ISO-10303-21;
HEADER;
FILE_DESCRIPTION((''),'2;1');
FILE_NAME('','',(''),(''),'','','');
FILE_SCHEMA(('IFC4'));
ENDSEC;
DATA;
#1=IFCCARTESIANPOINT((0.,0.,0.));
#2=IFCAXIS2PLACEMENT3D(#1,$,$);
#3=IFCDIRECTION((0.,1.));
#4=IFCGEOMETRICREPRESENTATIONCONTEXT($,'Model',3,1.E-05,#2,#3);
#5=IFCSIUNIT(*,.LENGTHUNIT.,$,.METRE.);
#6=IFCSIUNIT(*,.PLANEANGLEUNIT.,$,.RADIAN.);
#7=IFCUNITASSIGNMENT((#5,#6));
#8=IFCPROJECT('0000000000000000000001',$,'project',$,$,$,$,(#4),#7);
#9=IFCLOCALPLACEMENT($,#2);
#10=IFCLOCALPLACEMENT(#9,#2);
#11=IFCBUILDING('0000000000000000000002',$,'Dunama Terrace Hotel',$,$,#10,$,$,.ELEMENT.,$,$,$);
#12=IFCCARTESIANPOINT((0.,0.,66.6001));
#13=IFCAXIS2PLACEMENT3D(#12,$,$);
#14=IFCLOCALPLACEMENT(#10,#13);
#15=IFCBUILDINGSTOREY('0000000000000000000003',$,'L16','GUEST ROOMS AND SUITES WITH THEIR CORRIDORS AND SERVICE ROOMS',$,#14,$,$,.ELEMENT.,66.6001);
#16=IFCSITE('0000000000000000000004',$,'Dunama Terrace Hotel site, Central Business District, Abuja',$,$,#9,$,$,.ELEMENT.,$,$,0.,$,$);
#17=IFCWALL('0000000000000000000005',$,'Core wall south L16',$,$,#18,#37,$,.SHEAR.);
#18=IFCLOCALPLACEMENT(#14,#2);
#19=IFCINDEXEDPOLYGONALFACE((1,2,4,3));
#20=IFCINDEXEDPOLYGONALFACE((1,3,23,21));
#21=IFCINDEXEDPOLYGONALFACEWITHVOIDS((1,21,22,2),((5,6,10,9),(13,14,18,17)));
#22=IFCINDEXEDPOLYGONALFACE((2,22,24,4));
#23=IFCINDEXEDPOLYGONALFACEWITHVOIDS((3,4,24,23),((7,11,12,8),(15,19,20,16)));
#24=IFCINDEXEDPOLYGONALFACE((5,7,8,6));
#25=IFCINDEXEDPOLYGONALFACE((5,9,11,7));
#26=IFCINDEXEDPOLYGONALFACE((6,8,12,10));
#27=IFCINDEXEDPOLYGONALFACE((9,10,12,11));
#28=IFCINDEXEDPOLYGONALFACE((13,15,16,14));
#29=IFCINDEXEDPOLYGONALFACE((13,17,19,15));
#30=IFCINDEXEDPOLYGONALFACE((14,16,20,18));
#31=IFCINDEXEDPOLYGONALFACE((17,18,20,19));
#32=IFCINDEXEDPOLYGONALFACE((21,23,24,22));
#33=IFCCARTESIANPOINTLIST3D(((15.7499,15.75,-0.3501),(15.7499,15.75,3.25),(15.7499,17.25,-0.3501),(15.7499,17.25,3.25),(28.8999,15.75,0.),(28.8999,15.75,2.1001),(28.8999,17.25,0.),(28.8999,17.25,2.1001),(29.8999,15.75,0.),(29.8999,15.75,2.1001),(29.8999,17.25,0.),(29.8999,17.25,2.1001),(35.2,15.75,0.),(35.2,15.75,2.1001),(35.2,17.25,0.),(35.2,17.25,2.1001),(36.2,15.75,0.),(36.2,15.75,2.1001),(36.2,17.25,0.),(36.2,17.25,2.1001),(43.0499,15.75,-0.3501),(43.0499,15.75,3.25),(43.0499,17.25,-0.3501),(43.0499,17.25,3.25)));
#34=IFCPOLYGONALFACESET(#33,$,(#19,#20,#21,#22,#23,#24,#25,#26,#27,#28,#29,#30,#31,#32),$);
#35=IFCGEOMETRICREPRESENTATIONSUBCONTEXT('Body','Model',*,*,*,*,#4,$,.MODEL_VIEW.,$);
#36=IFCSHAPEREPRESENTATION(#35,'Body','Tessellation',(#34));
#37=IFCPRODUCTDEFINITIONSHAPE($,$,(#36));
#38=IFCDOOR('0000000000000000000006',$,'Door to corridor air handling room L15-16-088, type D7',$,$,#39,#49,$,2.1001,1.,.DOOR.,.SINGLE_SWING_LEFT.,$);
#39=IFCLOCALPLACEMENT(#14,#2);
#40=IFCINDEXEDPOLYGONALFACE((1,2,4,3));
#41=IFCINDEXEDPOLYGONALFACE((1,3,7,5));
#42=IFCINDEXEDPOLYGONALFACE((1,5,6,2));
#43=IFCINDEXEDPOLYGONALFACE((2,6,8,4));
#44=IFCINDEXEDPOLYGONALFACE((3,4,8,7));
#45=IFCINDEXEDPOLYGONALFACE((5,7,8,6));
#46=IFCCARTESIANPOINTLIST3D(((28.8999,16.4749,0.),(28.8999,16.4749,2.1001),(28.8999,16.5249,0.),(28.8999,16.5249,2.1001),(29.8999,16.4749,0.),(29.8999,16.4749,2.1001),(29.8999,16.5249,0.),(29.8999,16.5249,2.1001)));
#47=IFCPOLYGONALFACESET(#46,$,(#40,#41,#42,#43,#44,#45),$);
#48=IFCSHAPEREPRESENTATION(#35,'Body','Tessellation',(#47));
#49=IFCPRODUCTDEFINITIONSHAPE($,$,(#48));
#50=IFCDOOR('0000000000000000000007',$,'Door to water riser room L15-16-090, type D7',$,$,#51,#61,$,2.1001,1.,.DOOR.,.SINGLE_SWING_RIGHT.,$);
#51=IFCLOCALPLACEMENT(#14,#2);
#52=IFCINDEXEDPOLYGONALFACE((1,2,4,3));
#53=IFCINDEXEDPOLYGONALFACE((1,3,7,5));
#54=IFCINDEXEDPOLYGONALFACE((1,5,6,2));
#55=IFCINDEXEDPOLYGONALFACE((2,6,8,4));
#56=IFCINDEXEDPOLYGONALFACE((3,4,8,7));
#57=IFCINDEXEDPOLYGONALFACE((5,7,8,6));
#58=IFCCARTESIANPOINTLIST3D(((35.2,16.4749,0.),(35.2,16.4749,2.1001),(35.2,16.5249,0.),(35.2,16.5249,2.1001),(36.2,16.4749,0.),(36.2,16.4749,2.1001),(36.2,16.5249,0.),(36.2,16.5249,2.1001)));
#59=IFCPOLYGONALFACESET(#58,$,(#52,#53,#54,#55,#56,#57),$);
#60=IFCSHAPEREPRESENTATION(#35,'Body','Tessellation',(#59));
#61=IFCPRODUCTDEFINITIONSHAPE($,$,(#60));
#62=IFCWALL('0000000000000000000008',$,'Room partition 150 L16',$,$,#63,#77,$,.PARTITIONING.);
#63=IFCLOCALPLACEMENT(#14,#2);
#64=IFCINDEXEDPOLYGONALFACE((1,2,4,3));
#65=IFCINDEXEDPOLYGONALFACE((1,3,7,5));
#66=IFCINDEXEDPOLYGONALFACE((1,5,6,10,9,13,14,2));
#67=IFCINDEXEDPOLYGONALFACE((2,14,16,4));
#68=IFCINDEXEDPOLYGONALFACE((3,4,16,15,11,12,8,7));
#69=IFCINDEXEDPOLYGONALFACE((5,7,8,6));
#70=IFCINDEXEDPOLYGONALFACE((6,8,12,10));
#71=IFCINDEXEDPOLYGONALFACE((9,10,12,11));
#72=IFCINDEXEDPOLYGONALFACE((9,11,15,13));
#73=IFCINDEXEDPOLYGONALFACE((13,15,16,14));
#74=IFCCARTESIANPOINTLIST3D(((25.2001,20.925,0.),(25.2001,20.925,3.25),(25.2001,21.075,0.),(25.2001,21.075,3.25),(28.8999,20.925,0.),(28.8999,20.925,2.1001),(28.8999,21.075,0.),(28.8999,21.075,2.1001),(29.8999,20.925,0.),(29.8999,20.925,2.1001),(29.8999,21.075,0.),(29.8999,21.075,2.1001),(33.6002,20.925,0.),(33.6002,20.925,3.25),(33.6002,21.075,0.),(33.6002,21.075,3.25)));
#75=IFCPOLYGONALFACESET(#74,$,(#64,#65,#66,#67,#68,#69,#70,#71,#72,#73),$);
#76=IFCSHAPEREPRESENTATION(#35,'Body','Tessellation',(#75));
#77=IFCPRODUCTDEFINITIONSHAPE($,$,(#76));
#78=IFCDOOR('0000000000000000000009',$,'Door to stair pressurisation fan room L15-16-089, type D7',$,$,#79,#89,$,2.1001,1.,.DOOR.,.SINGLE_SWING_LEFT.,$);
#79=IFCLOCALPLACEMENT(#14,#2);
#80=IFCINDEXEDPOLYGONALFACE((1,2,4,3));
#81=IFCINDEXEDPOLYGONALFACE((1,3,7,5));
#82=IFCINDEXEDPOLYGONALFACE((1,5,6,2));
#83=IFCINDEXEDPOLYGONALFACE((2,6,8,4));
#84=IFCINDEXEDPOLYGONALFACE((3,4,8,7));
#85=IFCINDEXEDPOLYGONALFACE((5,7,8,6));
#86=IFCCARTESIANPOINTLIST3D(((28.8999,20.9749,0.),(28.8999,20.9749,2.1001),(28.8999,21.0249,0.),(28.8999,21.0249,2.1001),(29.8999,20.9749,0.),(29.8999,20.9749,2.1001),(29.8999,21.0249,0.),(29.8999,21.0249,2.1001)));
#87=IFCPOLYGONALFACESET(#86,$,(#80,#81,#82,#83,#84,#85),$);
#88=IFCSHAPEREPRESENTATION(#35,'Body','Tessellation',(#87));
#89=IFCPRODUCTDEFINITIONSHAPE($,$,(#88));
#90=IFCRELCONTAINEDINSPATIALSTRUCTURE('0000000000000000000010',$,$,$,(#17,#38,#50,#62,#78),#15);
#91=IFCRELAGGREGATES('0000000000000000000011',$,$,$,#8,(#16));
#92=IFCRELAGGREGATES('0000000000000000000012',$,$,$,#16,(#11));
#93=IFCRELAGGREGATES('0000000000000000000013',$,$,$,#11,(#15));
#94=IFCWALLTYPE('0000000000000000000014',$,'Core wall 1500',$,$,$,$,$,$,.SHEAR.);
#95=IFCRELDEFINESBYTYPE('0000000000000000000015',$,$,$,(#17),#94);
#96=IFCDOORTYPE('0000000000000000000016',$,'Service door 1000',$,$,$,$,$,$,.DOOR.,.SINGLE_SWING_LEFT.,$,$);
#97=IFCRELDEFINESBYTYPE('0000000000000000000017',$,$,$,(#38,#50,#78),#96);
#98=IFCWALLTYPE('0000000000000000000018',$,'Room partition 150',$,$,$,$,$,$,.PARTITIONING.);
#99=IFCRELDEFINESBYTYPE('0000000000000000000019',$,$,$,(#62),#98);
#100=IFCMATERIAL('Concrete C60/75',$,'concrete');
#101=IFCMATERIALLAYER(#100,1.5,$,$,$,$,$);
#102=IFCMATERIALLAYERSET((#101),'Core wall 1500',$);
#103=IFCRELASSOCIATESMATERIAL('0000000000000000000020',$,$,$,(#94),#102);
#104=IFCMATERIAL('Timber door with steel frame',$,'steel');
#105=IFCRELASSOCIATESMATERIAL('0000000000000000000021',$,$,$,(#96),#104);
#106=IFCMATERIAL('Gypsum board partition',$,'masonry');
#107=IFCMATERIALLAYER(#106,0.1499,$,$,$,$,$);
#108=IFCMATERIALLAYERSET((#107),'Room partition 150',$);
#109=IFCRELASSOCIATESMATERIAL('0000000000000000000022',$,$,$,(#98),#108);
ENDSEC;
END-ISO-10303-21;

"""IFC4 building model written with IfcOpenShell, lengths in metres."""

from ifc_helpers import new_model, si_unit, direction, frame, frame_2d, origin, place, context, subcontext, project, spatial, rectangle, extrude, material, layer, layer_set, type_object, element, fill, save


model = new_model("IFC4")

# Units and contexts
model_context = context("Model", 3, precision=1e-05, world=origin(), true_north=direction((0.0, 1.0)))
body_context = subcontext(model_context, "Body", "Model", "MODEL_VIEW")
ifc_project = project(units=[si_unit("LENGTHUNIT", "METRE"), si_unit("PLANEANGLEUNIT", "RADIAN")], contexts=[model_context])

# Site, building, storey
site_placement = place(None, origin())
site = spatial("IfcSite", under=ifc_project, at=site_placement, Name="Dunama Terrace Hotel site, Central Business District, Abuja", CompositionType="ELEMENT", RefElevation=0.0)
building_placement = place(site_placement, origin())
building = spatial("IfcBuilding", under=site, at=building_placement, Name="Dunama Terrace Hotel", CompositionType="ELEMENT")
storey_placement = place(building_placement, frame((0.0, 0.0, 66.6001)))
storey = spatial("IfcBuildingStorey", under=building, at=storey_placement, Name="L16", Description="GUEST ROOMS AND SUITES WITH THEIR CORRIDORS AND SERVICE ROOMS", CompositionType="ELEMENT", Elevation=66.6001)

# Wall, openings, doors
ifc_material_1 = material(Name="Concrete C60/75", Category="concrete")
ifc_layer_1 = layer(ifc_material_1, 1.5)
ifc_layer_set_1 = layer_set([ifc_layer_1], Name="Core wall 1500")
wall_type_1 = type_object("IfcWallType", Name="Core wall 1500", PredefinedType="SHEAR", material=ifc_layer_set_1)
wall_1_placement = place(storey_placement, frame((15.75, 16.5, -0.3501), z_axis=(0.0, 0.0, 1.0), x_axis=(1.0, 0.0, 0.0)))
wall_1 = element("IfcWall", 1, at=wall_1_placement, inside=storey, type_object=wall_type_1, Name="Core wall south L16", PredefinedType="SHEAR", context=body_context, shape_type="SweptSolid", body=[
    extrude(rectangle(XDim=27.3, YDim=1.5, at=frame_2d((13.6499, 0.0))), origin(), (0.0, 0.0, 1.0), 3.6001),
])
opening_1_placement = place(wall_1_placement, frame((13.1499, 0.0, 0.3501)))
opening_1 = element("IfcOpeningElement", 2, at=opening_1_placement, cuts=wall_1, PredefinedType="OPENING", context=body_context, shape_type="SweptSolid", body=[
    extrude(rectangle(XDim=1.0, YDim=2.1001, at=frame_2d((0.5, 1.05))), frame((0.0, 0.76, 0.0), z_axis=(0.0, -1.0, 0.0), x_axis=(1.0, 0.0, 0.0)), (0.0, 0.0, 1.0), 1.52),
])
opening_2_placement = place(wall_1_placement, frame((19.45, 0.0, 0.3501)))
opening_2 = element("IfcOpeningElement", 3, at=opening_2_placement, cuts=wall_1, PredefinedType="OPENING", context=body_context, shape_type="SweptSolid", body=[
    extrude(rectangle(XDim=1.0, YDim=2.1001, at=frame_2d((0.5, 1.05))), frame((0.0, 0.76, 0.0), z_axis=(0.0, -1.0, 0.0), x_axis=(1.0, 0.0, 0.0)), (0.0, 0.0, 1.0), 1.52),
])
ifc_material_2 = material(Name="Timber door with steel frame", Category="steel")
door_type_1 = type_object("IfcDoorType", Name="Service door 1000", OperationType="SINGLE_SWING_LEFT", PredefinedType="DOOR", material=ifc_material_2)
door_1_placement = place(opening_1_placement, origin())
door_1 = element("IfcDoor", 4, at=door_1_placement, inside=storey, type_object=door_type_1, Name="Door to corridor air handling room L15-16-088, type D7", OperationType="SINGLE_SWING_LEFT", OverallHeight=2.1001, OverallWidth=1.0, PredefinedType="DOOR", context=body_context, shape_type="SweptSolid", body=[
    extrude(rectangle(XDim=1.0, YDim=2.1001, at=frame_2d((0.5, 1.05))), frame((0.0, 0.0249, 0.0), z_axis=(0.0, -1.0, 0.0), x_axis=(1.0, 0.0, 0.0)), (0.0, 0.0, 1.0), 0.05),
])
fill(opening_1, door_1)
door_2_placement = place(opening_2_placement, origin())
door_2 = element("IfcDoor", 5, at=door_2_placement, inside=storey, type_object=door_type_1, Name="Door to water riser room L15-16-090, type D7", OperationType="SINGLE_SWING_RIGHT", OverallHeight=2.1001, OverallWidth=1.0, PredefinedType="DOOR", context=body_context, shape_type="SweptSolid", body=[
    extrude(rectangle(XDim=1.0, YDim=2.1001, at=frame_2d((0.5, 1.05))), frame((0.0, 0.0249, 0.0), z_axis=(0.0, -1.0, 0.0), x_axis=(1.0, 0.0, 0.0)), (0.0, 0.0, 1.0), 0.05),
])
fill(opening_2, door_2)

# Wall, opening, door
ifc_material_3 = material(Name="Gypsum board partition", Category="masonry")
ifc_layer_2 = layer(ifc_material_3, 0.1499)
ifc_layer_set_2 = layer_set([ifc_layer_2], Name="Room partition 150")
wall_type_2 = type_object("IfcWallType", Name="Room partition 150", PredefinedType="PARTITIONING", material=ifc_layer_set_2)
wall_2_placement = place(storey_placement, frame((25.2, 21.0, 0.0), z_axis=(0.0, 0.0, 1.0), x_axis=(1.0, 0.0, 0.0)))
wall_2 = element("IfcWall", 6, at=wall_2_placement, inside=storey, type_object=wall_type_2, Name="Room partition 150 L16", PredefinedType="PARTITIONING", context=body_context, shape_type="SweptSolid", body=[
    extrude(rectangle(XDim=8.4001, YDim=0.1499, at=frame_2d((4.2002, 0.0))), origin(), (0.0, 0.0, 1.0), 3.25),
])
opening_3_placement = place(wall_2_placement, frame((3.7, 0.0, 0.0)))
opening_3 = element("IfcOpeningElement", 7, at=opening_3_placement, cuts=wall_2, PredefinedType="OPENING", context=body_context, shape_type="SweptSolid", body=[
    extrude(rectangle(XDim=1.0, YDim=2.1001, at=frame_2d((0.5, 1.05))), frame((0.0, 0.085, 0.0), z_axis=(0.0, -1.0, 0.0), x_axis=(1.0, 0.0, 0.0)), (0.0, 0.0, 1.0), 0.1699),
])
door_3_placement = place(opening_3_placement, origin())
door_3 = element("IfcDoor", 8, at=door_3_placement, inside=storey, type_object=door_type_1, Name="Door to stair pressurisation fan room L15-16-089, type D7", OperationType="SINGLE_SWING_LEFT", OverallHeight=2.1001, OverallWidth=1.0, PredefinedType="DOOR", context=body_context, shape_type="SweptSolid", body=[
    extrude(rectangle(XDim=1.0, YDim=2.1001, at=frame_2d((0.5, 1.05))), frame((0.0, 0.0249, 0.0), z_axis=(0.0, -1.0, 0.0), x_axis=(1.0, 0.0, 0.0)), (0.0, 0.0, 1.0), 0.05),
])
fill(opening_3, door_3)

save(model, "model.ifc")
